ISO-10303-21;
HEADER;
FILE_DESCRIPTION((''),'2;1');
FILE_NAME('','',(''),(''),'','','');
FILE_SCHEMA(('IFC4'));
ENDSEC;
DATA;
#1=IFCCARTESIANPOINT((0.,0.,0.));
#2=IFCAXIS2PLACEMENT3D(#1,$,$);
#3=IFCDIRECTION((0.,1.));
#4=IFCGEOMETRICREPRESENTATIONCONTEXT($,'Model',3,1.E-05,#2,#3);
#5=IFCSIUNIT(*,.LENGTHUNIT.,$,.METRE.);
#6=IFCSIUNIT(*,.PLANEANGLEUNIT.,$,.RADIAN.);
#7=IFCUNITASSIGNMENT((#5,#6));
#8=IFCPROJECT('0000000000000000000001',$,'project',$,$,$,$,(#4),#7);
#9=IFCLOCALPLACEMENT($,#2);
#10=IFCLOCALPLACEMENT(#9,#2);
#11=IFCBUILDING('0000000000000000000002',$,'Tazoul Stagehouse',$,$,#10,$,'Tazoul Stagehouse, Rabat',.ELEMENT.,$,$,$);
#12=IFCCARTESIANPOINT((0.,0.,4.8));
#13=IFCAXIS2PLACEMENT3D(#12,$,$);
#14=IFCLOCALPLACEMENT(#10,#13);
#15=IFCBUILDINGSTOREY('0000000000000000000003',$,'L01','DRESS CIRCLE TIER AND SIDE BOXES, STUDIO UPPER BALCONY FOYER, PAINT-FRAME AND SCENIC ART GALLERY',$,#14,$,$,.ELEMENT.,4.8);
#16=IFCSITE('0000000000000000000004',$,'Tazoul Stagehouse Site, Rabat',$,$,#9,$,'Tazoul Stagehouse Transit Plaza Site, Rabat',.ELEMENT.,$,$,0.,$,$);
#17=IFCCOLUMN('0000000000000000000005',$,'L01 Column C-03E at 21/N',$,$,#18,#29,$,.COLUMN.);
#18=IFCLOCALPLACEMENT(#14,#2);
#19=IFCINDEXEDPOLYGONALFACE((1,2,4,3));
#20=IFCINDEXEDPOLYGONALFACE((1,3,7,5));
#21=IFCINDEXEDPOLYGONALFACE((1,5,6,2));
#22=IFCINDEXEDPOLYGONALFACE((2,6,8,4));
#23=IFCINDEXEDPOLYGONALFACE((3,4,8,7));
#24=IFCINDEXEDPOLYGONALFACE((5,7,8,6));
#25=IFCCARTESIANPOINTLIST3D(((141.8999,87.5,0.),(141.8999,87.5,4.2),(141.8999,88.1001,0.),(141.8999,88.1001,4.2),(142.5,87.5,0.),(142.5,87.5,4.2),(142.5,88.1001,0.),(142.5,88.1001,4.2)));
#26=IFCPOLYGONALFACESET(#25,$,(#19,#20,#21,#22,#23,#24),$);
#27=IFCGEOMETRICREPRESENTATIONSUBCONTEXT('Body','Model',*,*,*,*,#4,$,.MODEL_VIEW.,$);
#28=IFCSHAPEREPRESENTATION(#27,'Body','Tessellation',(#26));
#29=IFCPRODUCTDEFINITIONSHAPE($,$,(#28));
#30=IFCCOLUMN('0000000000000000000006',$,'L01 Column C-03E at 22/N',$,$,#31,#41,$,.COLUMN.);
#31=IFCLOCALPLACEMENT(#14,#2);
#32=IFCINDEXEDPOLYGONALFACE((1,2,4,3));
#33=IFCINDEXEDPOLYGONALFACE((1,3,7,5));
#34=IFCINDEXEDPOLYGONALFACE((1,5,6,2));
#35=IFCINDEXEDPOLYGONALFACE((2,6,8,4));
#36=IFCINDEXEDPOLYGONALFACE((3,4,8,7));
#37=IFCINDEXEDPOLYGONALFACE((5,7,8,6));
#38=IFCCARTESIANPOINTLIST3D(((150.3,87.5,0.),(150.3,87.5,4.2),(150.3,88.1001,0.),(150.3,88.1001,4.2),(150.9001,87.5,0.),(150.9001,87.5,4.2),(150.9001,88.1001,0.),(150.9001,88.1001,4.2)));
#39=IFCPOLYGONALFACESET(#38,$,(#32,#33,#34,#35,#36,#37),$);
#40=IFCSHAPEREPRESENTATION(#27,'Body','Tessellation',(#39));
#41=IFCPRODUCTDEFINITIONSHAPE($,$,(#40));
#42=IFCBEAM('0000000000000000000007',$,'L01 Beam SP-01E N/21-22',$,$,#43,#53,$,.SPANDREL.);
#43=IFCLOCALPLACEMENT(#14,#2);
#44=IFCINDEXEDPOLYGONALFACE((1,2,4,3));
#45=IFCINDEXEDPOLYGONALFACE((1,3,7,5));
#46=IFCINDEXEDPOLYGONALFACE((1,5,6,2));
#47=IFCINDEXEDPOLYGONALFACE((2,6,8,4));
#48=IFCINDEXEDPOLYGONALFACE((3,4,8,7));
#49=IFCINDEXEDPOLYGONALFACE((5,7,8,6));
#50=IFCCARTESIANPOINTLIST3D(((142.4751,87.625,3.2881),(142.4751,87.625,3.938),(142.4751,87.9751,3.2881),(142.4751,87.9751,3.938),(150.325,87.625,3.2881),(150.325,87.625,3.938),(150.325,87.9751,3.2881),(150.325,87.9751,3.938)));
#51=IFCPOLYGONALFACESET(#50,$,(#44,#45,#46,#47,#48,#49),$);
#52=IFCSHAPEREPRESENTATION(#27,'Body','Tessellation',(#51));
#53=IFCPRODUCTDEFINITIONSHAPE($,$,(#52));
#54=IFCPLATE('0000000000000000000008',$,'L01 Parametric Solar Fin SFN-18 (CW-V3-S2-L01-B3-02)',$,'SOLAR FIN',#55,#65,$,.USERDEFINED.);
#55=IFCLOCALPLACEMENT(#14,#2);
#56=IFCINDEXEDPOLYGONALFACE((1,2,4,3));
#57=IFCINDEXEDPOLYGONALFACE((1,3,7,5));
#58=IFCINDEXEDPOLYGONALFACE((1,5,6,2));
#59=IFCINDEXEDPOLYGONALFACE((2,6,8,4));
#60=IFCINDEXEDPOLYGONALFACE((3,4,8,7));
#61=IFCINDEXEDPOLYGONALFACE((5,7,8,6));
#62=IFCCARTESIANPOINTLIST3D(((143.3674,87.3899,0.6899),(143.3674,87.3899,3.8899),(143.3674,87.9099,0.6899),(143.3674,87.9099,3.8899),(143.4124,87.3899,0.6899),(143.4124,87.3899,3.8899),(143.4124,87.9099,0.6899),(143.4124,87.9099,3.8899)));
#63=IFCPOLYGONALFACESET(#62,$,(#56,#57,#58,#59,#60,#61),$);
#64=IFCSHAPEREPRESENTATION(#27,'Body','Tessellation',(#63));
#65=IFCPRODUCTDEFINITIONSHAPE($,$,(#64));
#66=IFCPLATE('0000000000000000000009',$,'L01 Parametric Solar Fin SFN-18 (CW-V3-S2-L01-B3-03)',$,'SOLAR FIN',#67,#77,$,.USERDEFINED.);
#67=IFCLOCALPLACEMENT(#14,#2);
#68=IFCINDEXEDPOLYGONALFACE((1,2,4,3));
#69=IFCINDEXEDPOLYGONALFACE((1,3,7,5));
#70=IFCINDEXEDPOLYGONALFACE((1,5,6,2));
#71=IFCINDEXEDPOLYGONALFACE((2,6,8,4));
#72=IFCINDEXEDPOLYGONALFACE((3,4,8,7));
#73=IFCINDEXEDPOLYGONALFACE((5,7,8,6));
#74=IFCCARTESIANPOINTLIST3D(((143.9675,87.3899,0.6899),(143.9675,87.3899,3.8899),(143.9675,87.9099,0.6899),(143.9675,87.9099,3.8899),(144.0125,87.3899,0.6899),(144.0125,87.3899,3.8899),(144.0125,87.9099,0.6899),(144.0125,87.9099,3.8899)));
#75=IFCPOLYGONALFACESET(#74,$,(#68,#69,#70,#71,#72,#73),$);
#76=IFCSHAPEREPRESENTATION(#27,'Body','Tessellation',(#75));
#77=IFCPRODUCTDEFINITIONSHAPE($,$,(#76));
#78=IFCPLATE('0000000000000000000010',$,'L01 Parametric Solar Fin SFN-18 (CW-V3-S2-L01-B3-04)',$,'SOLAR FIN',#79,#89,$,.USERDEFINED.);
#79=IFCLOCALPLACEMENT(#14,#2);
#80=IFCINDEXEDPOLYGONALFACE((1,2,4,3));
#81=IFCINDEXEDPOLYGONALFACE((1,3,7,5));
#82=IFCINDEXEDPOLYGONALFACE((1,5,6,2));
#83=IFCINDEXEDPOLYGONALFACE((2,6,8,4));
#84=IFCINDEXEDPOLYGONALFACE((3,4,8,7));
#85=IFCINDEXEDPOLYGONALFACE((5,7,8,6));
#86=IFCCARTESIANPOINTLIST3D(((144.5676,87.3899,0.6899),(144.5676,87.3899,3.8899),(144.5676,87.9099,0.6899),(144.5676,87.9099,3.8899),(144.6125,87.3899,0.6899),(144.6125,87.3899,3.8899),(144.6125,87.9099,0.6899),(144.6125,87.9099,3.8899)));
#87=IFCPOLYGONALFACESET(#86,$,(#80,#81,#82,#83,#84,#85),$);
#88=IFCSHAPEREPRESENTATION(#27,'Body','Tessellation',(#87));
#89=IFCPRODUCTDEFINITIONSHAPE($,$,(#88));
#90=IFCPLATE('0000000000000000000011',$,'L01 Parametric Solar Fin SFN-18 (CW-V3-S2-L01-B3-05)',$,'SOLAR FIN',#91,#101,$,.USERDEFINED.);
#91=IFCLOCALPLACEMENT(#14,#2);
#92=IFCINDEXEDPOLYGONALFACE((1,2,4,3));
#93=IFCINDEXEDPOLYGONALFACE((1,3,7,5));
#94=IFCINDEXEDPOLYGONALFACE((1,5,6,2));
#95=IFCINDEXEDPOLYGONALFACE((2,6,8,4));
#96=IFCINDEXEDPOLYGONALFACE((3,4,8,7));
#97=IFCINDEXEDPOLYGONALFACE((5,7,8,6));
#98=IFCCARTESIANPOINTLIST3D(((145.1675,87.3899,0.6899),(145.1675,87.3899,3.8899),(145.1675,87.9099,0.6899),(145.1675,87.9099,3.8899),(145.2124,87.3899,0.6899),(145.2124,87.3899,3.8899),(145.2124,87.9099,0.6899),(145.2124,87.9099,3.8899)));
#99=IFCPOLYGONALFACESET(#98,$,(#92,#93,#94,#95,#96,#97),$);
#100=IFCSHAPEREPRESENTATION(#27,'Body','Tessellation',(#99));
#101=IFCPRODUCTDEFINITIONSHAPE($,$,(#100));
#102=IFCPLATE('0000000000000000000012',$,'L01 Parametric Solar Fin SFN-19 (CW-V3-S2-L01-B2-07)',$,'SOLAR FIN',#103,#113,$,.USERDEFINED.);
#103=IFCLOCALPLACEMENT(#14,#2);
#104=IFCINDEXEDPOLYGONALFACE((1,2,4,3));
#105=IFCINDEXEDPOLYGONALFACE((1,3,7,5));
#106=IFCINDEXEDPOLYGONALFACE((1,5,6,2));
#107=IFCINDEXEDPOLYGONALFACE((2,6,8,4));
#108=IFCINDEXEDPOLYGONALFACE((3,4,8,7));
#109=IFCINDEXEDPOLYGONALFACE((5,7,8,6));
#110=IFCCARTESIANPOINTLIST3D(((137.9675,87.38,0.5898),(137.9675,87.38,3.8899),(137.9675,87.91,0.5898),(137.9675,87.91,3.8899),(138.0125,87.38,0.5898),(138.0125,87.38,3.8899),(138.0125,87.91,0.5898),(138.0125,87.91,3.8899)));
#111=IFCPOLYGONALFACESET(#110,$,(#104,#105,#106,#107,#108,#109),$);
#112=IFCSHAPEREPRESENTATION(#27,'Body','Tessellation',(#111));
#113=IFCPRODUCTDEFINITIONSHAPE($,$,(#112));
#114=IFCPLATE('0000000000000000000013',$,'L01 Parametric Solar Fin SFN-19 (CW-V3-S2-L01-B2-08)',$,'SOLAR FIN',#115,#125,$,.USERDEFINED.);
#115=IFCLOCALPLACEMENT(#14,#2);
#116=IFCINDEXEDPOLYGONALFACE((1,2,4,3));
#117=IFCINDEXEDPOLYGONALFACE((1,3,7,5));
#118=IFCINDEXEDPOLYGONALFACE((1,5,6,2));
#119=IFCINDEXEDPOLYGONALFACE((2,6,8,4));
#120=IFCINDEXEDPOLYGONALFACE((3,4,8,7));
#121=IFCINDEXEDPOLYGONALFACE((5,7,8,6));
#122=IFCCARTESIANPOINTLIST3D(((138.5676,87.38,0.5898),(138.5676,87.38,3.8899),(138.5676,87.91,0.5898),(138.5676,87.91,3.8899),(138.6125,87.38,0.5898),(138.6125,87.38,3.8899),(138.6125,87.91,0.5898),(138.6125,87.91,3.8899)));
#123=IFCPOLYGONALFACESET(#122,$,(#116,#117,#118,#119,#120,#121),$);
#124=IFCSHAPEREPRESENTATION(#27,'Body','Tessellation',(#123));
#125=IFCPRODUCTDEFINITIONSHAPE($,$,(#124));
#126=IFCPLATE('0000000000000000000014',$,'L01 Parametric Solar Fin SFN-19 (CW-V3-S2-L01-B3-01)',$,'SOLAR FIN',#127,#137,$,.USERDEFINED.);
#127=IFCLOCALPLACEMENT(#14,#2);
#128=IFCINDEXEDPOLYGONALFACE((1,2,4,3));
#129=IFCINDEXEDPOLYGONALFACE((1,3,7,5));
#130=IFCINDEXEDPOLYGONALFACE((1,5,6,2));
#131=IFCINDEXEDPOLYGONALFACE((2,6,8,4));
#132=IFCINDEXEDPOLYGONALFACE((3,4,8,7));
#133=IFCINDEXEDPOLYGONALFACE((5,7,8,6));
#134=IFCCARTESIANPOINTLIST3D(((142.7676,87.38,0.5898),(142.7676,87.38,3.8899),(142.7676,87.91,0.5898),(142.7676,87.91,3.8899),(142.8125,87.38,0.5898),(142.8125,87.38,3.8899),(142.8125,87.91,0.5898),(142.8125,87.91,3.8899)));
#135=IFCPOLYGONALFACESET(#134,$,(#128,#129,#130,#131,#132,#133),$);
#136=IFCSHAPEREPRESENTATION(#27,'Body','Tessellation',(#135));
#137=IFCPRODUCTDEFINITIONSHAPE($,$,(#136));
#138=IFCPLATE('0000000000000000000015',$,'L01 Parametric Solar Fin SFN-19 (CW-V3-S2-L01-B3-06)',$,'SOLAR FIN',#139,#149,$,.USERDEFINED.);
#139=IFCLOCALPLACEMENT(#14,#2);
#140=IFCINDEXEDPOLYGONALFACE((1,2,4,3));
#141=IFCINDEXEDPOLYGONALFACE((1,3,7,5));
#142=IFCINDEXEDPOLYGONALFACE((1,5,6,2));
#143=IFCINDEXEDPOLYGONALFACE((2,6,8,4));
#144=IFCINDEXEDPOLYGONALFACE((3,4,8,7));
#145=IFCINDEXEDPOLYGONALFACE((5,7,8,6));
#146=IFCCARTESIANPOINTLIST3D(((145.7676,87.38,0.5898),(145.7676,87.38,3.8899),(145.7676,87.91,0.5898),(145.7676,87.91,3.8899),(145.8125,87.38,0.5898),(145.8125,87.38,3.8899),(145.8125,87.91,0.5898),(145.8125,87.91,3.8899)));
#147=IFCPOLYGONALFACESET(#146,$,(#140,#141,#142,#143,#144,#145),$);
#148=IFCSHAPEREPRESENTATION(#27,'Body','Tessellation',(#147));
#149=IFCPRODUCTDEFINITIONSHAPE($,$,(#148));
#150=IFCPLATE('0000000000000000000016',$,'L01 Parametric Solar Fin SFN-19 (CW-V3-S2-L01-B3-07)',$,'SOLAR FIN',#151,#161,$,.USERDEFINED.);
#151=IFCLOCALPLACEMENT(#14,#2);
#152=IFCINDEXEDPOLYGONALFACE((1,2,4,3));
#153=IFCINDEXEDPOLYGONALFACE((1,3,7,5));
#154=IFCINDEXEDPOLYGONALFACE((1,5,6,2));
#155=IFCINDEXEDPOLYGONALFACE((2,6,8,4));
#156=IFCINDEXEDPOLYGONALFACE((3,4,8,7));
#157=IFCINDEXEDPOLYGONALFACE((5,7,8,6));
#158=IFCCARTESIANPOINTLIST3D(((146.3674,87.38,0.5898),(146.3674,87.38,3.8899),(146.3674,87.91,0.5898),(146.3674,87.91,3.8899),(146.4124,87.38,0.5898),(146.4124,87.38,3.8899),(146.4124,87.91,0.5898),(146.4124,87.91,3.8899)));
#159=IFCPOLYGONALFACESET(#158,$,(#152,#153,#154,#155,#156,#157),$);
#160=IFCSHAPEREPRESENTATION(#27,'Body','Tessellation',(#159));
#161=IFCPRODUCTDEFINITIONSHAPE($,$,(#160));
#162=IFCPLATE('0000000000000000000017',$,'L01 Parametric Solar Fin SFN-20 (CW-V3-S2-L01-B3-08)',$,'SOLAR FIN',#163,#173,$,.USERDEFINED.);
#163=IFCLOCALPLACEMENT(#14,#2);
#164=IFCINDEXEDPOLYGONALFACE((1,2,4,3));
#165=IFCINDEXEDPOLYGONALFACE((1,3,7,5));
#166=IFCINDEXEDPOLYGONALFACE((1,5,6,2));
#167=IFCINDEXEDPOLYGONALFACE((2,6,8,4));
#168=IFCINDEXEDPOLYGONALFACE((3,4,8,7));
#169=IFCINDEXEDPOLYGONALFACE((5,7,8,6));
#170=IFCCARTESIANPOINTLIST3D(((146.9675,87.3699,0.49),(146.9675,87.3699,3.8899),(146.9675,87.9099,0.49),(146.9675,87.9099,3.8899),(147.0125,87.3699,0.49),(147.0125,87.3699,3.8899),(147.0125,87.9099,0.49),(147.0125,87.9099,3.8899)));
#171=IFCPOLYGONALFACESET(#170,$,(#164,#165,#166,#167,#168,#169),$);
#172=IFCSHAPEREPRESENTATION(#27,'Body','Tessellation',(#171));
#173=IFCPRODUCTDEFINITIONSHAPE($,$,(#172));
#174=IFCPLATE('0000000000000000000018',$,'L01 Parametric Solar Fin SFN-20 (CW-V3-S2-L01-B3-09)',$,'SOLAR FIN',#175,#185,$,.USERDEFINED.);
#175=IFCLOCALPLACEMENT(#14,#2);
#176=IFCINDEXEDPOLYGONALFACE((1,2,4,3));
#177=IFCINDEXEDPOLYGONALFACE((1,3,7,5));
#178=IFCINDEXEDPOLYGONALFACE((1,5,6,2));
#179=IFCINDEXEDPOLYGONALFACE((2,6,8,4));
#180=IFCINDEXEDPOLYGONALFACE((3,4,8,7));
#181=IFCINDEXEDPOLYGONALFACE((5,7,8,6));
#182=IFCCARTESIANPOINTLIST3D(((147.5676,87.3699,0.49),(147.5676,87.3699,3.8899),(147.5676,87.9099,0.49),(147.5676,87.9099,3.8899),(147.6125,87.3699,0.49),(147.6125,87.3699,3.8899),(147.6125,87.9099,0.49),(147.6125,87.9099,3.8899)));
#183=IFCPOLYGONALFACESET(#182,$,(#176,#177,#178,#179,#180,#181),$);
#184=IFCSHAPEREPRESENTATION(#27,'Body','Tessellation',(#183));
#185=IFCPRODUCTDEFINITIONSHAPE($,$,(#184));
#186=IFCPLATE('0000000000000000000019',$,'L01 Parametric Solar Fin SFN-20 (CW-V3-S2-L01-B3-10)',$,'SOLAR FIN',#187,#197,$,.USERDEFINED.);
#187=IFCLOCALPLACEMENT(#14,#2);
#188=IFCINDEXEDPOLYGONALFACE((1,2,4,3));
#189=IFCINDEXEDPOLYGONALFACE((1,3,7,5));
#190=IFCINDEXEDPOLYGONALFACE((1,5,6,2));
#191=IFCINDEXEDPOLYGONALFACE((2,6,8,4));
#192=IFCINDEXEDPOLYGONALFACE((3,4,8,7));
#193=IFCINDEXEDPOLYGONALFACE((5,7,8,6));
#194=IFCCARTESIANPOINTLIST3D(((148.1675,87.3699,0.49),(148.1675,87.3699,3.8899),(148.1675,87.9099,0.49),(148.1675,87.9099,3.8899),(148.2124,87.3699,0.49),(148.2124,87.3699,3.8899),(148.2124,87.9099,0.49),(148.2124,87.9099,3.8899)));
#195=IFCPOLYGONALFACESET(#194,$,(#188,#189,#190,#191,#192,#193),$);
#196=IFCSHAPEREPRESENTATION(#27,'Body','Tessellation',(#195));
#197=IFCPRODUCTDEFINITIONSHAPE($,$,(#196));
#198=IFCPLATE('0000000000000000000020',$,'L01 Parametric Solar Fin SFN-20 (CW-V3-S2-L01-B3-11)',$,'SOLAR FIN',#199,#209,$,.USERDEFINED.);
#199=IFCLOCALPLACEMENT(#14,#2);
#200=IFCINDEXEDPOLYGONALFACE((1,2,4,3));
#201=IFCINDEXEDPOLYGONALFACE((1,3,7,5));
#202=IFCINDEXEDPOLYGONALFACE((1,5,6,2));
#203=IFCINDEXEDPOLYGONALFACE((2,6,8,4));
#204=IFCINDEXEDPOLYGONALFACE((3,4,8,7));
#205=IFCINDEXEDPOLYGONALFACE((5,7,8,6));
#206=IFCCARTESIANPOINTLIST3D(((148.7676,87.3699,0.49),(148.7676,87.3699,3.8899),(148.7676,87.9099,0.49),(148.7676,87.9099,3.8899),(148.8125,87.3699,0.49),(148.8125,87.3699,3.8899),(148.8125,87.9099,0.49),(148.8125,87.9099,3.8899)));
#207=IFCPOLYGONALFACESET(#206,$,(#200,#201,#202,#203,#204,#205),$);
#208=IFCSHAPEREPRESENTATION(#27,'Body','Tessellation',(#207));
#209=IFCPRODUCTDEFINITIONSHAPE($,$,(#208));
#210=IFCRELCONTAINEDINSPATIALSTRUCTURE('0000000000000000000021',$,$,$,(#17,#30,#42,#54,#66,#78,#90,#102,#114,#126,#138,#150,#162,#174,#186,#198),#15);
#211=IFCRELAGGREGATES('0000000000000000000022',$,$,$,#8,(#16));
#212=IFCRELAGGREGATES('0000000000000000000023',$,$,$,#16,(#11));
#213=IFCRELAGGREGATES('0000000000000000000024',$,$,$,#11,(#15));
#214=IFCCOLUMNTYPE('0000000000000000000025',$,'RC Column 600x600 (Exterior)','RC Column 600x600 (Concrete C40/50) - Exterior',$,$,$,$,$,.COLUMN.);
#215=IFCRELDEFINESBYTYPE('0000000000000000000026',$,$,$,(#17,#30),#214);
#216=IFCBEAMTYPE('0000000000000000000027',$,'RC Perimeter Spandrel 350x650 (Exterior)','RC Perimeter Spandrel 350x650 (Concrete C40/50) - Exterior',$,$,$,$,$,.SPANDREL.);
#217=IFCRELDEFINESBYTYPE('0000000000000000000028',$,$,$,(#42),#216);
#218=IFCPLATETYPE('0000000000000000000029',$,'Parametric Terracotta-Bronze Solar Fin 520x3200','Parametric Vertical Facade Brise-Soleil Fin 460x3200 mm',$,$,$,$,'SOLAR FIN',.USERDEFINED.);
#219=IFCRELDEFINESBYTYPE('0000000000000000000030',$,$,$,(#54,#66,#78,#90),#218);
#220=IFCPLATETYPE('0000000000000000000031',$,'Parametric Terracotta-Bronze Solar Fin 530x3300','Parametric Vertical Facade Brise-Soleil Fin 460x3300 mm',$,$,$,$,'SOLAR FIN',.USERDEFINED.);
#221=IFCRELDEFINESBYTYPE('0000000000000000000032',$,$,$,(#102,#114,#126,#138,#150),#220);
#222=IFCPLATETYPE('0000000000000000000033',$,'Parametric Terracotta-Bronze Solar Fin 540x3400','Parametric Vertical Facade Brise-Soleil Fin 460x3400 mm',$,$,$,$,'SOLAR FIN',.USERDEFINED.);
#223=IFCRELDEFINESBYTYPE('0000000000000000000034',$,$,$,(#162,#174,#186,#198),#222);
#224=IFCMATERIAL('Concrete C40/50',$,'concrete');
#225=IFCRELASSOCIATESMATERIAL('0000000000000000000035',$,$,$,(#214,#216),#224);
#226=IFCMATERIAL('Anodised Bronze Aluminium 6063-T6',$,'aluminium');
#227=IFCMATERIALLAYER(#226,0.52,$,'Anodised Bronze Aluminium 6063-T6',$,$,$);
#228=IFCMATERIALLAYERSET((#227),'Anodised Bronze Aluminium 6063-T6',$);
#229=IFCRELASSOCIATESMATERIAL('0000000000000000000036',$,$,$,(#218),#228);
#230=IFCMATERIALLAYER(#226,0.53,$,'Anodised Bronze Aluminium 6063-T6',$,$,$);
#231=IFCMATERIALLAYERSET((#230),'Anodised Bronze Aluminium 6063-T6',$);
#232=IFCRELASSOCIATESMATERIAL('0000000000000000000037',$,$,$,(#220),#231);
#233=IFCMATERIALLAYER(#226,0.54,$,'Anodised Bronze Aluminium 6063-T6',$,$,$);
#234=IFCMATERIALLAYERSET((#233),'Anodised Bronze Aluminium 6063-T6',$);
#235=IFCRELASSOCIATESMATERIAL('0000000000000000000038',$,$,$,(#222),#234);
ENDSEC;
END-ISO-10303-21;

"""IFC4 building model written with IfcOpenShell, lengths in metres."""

from ifc_helpers import new_model, si_unit, direction, frame, origin, origin_2d, place, context, subcontext, project, spatial, rectangle, extrude, material, layer, layer_set, material_profile, profile_set, type_object, element, save


model = new_model("IFC4")

# Units and contexts
model_context = context("Model", 3, precision=1e-05, world=origin(), true_north=direction((0.0, 1.0)))
body_context = subcontext(model_context, "Body", "Model", "MODEL_VIEW")
ifc_project = project(units=[si_unit("LENGTHUNIT", "METRE"), si_unit("PLANEANGLEUNIT", "RADIAN")], contexts=[model_context])

# Site, building, storey
site_placement = place(None, origin())
site = spatial("IfcSite", under=ifc_project, at=site_placement, Name="Tazoul Stagehouse Site, Rabat", LongName="Tazoul Stagehouse Transit Plaza Site, Rabat", CompositionType="ELEMENT", RefElevation=0.0)
building_placement = place(site_placement, origin())
building = spatial("IfcBuilding", under=site, at=building_placement, Name="Tazoul Stagehouse", LongName="Tazoul Stagehouse, Rabat", CompositionType="ELEMENT")
storey_placement = place(building_placement, frame((0.0, 0.0, 4.8)))
storey = spatial("IfcBuildingStorey", under=building, at=storey_placement, Name="L01", Description="DRESS CIRCLE TIER AND SIDE BOXES, STUDIO UPPER BALCONY FOYER, PAINT-FRAME AND SCENIC ART GALLERY", CompositionType="ELEMENT", Elevation=4.8)

# Columns
ifc_material_1 = material(Name="Concrete C40/50", Category="concrete")
ifc_material_profile_1 = material_profile(ifc_material_1, rectangle(XDim=0.6001, YDim=0.6001, at=origin_2d()), Name="RC 600x600")
ifc_profile_set_1 = profile_set([ifc_material_profile_1], Name="Concrete C40/50")
column_type = type_object("IfcColumnType", Name="RC Column 600x600 (Exterior)", Description="RC Column 600x600 (Concrete C40/50) - Exterior", PredefinedType="COLUMN", material=ifc_profile_set_1)
for number, where, z_axis, x_axis, name in (
    (1, (142.2, 87.8, 0.0), (0.0, 0.0, 1.0), (1.0, 0.0, 0.0), "L01 Column C-03E at 21/N"),
    (2, (150.6001, 87.8, 0.0), (0.0, 0.0, 1.0), (1.0, 0.0, 0.0), "L01 Column C-03E at 22/N"),
):
    element("IfcColumn", number, at=place(storey_placement, frame(where, z_axis=z_axis, x_axis=x_axis)), inside=storey, type_object=column_type, Name=name, PredefinedType="COLUMN", context=body_context, shape_type="SweptSolid", body=[
        extrude(rectangle(XDim=0.6001, YDim=0.6001, at=origin_2d()), origin(), (0.0, 0.0, 1.0), 4.2),
    ])

# Beam
ifc_material_profile_2 = material_profile(ifc_material_1, rectangle(XDim=0.3501, YDim=0.6499, at=origin_2d()), Name="RC 350x650")
ifc_profile_set_2 = profile_set([ifc_material_profile_2], Name="Concrete C40/50")
beam_type = type_object("IfcBeamType", Name="RC Perimeter Spandrel 350x650 (Exterior)", Description="RC Perimeter Spandrel 350x650 (Concrete C40/50) - Exterior", PredefinedType="SPANDREL", material=ifc_profile_set_2)
beam_placement = place(storey_placement, frame((142.4751, 87.8, 3.613), z_axis=(1.0, 0.0, 0.0), x_axis=(0.0, 1.0, 0.0)))
element("IfcBeam", 3, at=beam_placement, inside=storey, type_object=beam_type, Name="L01 Beam SP-01E N/21-22", PredefinedType="SPANDREL", context=body_context, shape_type="SweptSolid", body=[
    extrude(rectangle(XDim=0.3501, YDim=0.6499, at=origin_2d()), origin(), (0.0, 0.0, 1.0), 7.8499),
])

# Plates
ifc_material_2 = material(Name="Anodised Bronze Aluminium 6063-T6", Category="aluminium")
ifc_layer_1 = layer(ifc_material_2, 0.52, Name="Anodised Bronze Aluminium 6063-T6")
ifc_layer_set_1 = layer_set([ifc_layer_1], Name="Anodised Bronze Aluminium 6063-T6")
plate_type_1 = type_object("IfcPlateType", Name="Parametric Terracotta-Bronze Solar Fin 520x3200", Description="Parametric Vertical Facade Brise-Soleil Fin 460x3200 mm", ElementType="SOLAR FIN", PredefinedType="USERDEFINED", material=ifc_layer_set_1)
for number, where, z_axis, x_axis, name in (
    (4, (143.3899, 87.6499, 0.6899), (0.0, 0.0, 1.0), (1.0, 0.0, 0.0), "L01 Parametric Solar Fin SFN-18 (CW-V3-S2-L01-B3-02)"),
    (5, (143.99, 87.6499, 0.6899), (0.0, 0.0, 1.0), (1.0, 0.0, 0.0), "L01 Parametric Solar Fin SFN-18 (CW-V3-S2-L01-B3-03)"),
    (6, (144.5901, 87.6499, 0.6899), (0.0, 0.0, 1.0), (1.0, 0.0, 0.0), "L01 Parametric Solar Fin SFN-18 (CW-V3-S2-L01-B3-04)"),
    (7, (145.1899, 87.6499, 0.6899), (0.0, 0.0, 1.0), (1.0, 0.0, 0.0), "L01 Parametric Solar Fin SFN-18 (CW-V3-S2-L01-B3-05)"),
):
    element("IfcPlate", number, at=place(storey_placement, frame(where, z_axis=z_axis, x_axis=x_axis)), inside=storey, type_object=plate_type_1, Name=name, ObjectType="SOLAR FIN", PredefinedType="USERDEFINED", context=body_context, shape_type="SweptSolid", body=[
        extrude(rectangle(XDim=0.0449, YDim=0.52, at=origin_2d()), origin(), (0.0, 0.0, 1.0), 3.2),
    ])
ifc_layer_2 = layer(ifc_material_2, 0.53, Name="Anodised Bronze Aluminium 6063-T6")
ifc_layer_set_2 = layer_set([ifc_layer_2], Name="Anodised Bronze Aluminium 6063-T6")
plate_type_2 = type_object("IfcPlateType", Name="Parametric Terracotta-Bronze Solar Fin 530x3300", Description="Parametric Vertical Facade Brise-Soleil Fin 460x3300 mm", ElementType="SOLAR FIN", PredefinedType="USERDEFINED", material=ifc_layer_set_2)
for number, where, z_axis, x_axis, name in (
    (8, (137.99, 87.645, 0.5898), (0.0, 0.0, 1.0), (1.0, 0.0, 0.0), "L01 Parametric Solar Fin SFN-19 (CW-V3-S2-L01-B2-07)"),
    (9, (138.5901, 87.645, 0.5898), (0.0, 0.0, 1.0), (1.0, 0.0, 0.0), "L01 Parametric Solar Fin SFN-19 (CW-V3-S2-L01-B2-08)"),
    (10, (142.79, 87.645, 0.5898), (0.0, 0.0, 1.0), (1.0, 0.0, 0.0), "L01 Parametric Solar Fin SFN-19 (CW-V3-S2-L01-B3-01)"),
    (11, (145.79, 87.645, 0.5898), (0.0, 0.0, 1.0), (1.0, 0.0, 0.0), "L01 Parametric Solar Fin SFN-19 (CW-V3-S2-L01-B3-06)"),
    (12, (146.3899, 87.645, 0.5898), (0.0, 0.0, 1.0), (1.0, 0.0, 0.0), "L01 Parametric Solar Fin SFN-19 (CW-V3-S2-L01-B3-07)"),
):
    element("IfcPlate", number, at=place(storey_placement, frame(where, z_axis=z_axis, x_axis=x_axis)), inside=storey, type_object=plate_type_2, Name=name, ObjectType="SOLAR FIN", PredefinedType="USERDEFINED", context=body_context, shape_type="SweptSolid", body=[
        extrude(rectangle(XDim=0.0449, YDim=0.53, at=origin_2d()), origin(), (0.0, 0.0, 1.0), 3.3),
    ])
ifc_layer_3 = layer(ifc_material_2, 0.54, Name="Anodised Bronze Aluminium 6063-T6")
ifc_layer_set_3 = layer_set([ifc_layer_3], Name="Anodised Bronze Aluminium 6063-T6")
plate_type_3 = type_object("IfcPlateType", Name="Parametric Terracotta-Bronze Solar Fin 540x3400", Description="Parametric Vertical Facade Brise-Soleil Fin 460x3400 mm", ElementType="SOLAR FIN", PredefinedType="USERDEFINED", material=ifc_layer_set_3)
for number, where, z_axis, x_axis, name in (
    (13, (146.99, 87.6399, 0.49), (0.0, 0.0, 1.0), (1.0, 0.0, 0.0), "L01 Parametric Solar Fin SFN-20 (CW-V3-S2-L01-B3-08)"),
    (14, (147.5901, 87.6399, 0.49), (0.0, 0.0, 1.0), (1.0, 0.0, 0.0), "L01 Parametric Solar Fin SFN-20 (CW-V3-S2-L01-B3-09)"),
    (15, (148.1899, 87.6399, 0.49), (0.0, 0.0, 1.0), (1.0, 0.0, 0.0), "L01 Parametric Solar Fin SFN-20 (CW-V3-S2-L01-B3-10)"),
    (16, (148.79, 87.6399, 0.49), (0.0, 0.0, 1.0), (1.0, 0.0, 0.0), "L01 Parametric Solar Fin SFN-20 (CW-V3-S2-L01-B3-11)"),
):
    element("IfcPlate", number, at=place(storey_placement, frame(where, z_axis=z_axis, x_axis=x_axis)), inside=storey, type_object=plate_type_3, Name=name, ObjectType="SOLAR FIN", PredefinedType="USERDEFINED", context=body_context, shape_type="SweptSolid", body=[
        extrude(rectangle(XDim=0.0449, YDim=0.54, at=origin_2d()), origin(), (0.0, 0.0, 1.0), 3.3999),
    ])

save(model, "model.ifc")
